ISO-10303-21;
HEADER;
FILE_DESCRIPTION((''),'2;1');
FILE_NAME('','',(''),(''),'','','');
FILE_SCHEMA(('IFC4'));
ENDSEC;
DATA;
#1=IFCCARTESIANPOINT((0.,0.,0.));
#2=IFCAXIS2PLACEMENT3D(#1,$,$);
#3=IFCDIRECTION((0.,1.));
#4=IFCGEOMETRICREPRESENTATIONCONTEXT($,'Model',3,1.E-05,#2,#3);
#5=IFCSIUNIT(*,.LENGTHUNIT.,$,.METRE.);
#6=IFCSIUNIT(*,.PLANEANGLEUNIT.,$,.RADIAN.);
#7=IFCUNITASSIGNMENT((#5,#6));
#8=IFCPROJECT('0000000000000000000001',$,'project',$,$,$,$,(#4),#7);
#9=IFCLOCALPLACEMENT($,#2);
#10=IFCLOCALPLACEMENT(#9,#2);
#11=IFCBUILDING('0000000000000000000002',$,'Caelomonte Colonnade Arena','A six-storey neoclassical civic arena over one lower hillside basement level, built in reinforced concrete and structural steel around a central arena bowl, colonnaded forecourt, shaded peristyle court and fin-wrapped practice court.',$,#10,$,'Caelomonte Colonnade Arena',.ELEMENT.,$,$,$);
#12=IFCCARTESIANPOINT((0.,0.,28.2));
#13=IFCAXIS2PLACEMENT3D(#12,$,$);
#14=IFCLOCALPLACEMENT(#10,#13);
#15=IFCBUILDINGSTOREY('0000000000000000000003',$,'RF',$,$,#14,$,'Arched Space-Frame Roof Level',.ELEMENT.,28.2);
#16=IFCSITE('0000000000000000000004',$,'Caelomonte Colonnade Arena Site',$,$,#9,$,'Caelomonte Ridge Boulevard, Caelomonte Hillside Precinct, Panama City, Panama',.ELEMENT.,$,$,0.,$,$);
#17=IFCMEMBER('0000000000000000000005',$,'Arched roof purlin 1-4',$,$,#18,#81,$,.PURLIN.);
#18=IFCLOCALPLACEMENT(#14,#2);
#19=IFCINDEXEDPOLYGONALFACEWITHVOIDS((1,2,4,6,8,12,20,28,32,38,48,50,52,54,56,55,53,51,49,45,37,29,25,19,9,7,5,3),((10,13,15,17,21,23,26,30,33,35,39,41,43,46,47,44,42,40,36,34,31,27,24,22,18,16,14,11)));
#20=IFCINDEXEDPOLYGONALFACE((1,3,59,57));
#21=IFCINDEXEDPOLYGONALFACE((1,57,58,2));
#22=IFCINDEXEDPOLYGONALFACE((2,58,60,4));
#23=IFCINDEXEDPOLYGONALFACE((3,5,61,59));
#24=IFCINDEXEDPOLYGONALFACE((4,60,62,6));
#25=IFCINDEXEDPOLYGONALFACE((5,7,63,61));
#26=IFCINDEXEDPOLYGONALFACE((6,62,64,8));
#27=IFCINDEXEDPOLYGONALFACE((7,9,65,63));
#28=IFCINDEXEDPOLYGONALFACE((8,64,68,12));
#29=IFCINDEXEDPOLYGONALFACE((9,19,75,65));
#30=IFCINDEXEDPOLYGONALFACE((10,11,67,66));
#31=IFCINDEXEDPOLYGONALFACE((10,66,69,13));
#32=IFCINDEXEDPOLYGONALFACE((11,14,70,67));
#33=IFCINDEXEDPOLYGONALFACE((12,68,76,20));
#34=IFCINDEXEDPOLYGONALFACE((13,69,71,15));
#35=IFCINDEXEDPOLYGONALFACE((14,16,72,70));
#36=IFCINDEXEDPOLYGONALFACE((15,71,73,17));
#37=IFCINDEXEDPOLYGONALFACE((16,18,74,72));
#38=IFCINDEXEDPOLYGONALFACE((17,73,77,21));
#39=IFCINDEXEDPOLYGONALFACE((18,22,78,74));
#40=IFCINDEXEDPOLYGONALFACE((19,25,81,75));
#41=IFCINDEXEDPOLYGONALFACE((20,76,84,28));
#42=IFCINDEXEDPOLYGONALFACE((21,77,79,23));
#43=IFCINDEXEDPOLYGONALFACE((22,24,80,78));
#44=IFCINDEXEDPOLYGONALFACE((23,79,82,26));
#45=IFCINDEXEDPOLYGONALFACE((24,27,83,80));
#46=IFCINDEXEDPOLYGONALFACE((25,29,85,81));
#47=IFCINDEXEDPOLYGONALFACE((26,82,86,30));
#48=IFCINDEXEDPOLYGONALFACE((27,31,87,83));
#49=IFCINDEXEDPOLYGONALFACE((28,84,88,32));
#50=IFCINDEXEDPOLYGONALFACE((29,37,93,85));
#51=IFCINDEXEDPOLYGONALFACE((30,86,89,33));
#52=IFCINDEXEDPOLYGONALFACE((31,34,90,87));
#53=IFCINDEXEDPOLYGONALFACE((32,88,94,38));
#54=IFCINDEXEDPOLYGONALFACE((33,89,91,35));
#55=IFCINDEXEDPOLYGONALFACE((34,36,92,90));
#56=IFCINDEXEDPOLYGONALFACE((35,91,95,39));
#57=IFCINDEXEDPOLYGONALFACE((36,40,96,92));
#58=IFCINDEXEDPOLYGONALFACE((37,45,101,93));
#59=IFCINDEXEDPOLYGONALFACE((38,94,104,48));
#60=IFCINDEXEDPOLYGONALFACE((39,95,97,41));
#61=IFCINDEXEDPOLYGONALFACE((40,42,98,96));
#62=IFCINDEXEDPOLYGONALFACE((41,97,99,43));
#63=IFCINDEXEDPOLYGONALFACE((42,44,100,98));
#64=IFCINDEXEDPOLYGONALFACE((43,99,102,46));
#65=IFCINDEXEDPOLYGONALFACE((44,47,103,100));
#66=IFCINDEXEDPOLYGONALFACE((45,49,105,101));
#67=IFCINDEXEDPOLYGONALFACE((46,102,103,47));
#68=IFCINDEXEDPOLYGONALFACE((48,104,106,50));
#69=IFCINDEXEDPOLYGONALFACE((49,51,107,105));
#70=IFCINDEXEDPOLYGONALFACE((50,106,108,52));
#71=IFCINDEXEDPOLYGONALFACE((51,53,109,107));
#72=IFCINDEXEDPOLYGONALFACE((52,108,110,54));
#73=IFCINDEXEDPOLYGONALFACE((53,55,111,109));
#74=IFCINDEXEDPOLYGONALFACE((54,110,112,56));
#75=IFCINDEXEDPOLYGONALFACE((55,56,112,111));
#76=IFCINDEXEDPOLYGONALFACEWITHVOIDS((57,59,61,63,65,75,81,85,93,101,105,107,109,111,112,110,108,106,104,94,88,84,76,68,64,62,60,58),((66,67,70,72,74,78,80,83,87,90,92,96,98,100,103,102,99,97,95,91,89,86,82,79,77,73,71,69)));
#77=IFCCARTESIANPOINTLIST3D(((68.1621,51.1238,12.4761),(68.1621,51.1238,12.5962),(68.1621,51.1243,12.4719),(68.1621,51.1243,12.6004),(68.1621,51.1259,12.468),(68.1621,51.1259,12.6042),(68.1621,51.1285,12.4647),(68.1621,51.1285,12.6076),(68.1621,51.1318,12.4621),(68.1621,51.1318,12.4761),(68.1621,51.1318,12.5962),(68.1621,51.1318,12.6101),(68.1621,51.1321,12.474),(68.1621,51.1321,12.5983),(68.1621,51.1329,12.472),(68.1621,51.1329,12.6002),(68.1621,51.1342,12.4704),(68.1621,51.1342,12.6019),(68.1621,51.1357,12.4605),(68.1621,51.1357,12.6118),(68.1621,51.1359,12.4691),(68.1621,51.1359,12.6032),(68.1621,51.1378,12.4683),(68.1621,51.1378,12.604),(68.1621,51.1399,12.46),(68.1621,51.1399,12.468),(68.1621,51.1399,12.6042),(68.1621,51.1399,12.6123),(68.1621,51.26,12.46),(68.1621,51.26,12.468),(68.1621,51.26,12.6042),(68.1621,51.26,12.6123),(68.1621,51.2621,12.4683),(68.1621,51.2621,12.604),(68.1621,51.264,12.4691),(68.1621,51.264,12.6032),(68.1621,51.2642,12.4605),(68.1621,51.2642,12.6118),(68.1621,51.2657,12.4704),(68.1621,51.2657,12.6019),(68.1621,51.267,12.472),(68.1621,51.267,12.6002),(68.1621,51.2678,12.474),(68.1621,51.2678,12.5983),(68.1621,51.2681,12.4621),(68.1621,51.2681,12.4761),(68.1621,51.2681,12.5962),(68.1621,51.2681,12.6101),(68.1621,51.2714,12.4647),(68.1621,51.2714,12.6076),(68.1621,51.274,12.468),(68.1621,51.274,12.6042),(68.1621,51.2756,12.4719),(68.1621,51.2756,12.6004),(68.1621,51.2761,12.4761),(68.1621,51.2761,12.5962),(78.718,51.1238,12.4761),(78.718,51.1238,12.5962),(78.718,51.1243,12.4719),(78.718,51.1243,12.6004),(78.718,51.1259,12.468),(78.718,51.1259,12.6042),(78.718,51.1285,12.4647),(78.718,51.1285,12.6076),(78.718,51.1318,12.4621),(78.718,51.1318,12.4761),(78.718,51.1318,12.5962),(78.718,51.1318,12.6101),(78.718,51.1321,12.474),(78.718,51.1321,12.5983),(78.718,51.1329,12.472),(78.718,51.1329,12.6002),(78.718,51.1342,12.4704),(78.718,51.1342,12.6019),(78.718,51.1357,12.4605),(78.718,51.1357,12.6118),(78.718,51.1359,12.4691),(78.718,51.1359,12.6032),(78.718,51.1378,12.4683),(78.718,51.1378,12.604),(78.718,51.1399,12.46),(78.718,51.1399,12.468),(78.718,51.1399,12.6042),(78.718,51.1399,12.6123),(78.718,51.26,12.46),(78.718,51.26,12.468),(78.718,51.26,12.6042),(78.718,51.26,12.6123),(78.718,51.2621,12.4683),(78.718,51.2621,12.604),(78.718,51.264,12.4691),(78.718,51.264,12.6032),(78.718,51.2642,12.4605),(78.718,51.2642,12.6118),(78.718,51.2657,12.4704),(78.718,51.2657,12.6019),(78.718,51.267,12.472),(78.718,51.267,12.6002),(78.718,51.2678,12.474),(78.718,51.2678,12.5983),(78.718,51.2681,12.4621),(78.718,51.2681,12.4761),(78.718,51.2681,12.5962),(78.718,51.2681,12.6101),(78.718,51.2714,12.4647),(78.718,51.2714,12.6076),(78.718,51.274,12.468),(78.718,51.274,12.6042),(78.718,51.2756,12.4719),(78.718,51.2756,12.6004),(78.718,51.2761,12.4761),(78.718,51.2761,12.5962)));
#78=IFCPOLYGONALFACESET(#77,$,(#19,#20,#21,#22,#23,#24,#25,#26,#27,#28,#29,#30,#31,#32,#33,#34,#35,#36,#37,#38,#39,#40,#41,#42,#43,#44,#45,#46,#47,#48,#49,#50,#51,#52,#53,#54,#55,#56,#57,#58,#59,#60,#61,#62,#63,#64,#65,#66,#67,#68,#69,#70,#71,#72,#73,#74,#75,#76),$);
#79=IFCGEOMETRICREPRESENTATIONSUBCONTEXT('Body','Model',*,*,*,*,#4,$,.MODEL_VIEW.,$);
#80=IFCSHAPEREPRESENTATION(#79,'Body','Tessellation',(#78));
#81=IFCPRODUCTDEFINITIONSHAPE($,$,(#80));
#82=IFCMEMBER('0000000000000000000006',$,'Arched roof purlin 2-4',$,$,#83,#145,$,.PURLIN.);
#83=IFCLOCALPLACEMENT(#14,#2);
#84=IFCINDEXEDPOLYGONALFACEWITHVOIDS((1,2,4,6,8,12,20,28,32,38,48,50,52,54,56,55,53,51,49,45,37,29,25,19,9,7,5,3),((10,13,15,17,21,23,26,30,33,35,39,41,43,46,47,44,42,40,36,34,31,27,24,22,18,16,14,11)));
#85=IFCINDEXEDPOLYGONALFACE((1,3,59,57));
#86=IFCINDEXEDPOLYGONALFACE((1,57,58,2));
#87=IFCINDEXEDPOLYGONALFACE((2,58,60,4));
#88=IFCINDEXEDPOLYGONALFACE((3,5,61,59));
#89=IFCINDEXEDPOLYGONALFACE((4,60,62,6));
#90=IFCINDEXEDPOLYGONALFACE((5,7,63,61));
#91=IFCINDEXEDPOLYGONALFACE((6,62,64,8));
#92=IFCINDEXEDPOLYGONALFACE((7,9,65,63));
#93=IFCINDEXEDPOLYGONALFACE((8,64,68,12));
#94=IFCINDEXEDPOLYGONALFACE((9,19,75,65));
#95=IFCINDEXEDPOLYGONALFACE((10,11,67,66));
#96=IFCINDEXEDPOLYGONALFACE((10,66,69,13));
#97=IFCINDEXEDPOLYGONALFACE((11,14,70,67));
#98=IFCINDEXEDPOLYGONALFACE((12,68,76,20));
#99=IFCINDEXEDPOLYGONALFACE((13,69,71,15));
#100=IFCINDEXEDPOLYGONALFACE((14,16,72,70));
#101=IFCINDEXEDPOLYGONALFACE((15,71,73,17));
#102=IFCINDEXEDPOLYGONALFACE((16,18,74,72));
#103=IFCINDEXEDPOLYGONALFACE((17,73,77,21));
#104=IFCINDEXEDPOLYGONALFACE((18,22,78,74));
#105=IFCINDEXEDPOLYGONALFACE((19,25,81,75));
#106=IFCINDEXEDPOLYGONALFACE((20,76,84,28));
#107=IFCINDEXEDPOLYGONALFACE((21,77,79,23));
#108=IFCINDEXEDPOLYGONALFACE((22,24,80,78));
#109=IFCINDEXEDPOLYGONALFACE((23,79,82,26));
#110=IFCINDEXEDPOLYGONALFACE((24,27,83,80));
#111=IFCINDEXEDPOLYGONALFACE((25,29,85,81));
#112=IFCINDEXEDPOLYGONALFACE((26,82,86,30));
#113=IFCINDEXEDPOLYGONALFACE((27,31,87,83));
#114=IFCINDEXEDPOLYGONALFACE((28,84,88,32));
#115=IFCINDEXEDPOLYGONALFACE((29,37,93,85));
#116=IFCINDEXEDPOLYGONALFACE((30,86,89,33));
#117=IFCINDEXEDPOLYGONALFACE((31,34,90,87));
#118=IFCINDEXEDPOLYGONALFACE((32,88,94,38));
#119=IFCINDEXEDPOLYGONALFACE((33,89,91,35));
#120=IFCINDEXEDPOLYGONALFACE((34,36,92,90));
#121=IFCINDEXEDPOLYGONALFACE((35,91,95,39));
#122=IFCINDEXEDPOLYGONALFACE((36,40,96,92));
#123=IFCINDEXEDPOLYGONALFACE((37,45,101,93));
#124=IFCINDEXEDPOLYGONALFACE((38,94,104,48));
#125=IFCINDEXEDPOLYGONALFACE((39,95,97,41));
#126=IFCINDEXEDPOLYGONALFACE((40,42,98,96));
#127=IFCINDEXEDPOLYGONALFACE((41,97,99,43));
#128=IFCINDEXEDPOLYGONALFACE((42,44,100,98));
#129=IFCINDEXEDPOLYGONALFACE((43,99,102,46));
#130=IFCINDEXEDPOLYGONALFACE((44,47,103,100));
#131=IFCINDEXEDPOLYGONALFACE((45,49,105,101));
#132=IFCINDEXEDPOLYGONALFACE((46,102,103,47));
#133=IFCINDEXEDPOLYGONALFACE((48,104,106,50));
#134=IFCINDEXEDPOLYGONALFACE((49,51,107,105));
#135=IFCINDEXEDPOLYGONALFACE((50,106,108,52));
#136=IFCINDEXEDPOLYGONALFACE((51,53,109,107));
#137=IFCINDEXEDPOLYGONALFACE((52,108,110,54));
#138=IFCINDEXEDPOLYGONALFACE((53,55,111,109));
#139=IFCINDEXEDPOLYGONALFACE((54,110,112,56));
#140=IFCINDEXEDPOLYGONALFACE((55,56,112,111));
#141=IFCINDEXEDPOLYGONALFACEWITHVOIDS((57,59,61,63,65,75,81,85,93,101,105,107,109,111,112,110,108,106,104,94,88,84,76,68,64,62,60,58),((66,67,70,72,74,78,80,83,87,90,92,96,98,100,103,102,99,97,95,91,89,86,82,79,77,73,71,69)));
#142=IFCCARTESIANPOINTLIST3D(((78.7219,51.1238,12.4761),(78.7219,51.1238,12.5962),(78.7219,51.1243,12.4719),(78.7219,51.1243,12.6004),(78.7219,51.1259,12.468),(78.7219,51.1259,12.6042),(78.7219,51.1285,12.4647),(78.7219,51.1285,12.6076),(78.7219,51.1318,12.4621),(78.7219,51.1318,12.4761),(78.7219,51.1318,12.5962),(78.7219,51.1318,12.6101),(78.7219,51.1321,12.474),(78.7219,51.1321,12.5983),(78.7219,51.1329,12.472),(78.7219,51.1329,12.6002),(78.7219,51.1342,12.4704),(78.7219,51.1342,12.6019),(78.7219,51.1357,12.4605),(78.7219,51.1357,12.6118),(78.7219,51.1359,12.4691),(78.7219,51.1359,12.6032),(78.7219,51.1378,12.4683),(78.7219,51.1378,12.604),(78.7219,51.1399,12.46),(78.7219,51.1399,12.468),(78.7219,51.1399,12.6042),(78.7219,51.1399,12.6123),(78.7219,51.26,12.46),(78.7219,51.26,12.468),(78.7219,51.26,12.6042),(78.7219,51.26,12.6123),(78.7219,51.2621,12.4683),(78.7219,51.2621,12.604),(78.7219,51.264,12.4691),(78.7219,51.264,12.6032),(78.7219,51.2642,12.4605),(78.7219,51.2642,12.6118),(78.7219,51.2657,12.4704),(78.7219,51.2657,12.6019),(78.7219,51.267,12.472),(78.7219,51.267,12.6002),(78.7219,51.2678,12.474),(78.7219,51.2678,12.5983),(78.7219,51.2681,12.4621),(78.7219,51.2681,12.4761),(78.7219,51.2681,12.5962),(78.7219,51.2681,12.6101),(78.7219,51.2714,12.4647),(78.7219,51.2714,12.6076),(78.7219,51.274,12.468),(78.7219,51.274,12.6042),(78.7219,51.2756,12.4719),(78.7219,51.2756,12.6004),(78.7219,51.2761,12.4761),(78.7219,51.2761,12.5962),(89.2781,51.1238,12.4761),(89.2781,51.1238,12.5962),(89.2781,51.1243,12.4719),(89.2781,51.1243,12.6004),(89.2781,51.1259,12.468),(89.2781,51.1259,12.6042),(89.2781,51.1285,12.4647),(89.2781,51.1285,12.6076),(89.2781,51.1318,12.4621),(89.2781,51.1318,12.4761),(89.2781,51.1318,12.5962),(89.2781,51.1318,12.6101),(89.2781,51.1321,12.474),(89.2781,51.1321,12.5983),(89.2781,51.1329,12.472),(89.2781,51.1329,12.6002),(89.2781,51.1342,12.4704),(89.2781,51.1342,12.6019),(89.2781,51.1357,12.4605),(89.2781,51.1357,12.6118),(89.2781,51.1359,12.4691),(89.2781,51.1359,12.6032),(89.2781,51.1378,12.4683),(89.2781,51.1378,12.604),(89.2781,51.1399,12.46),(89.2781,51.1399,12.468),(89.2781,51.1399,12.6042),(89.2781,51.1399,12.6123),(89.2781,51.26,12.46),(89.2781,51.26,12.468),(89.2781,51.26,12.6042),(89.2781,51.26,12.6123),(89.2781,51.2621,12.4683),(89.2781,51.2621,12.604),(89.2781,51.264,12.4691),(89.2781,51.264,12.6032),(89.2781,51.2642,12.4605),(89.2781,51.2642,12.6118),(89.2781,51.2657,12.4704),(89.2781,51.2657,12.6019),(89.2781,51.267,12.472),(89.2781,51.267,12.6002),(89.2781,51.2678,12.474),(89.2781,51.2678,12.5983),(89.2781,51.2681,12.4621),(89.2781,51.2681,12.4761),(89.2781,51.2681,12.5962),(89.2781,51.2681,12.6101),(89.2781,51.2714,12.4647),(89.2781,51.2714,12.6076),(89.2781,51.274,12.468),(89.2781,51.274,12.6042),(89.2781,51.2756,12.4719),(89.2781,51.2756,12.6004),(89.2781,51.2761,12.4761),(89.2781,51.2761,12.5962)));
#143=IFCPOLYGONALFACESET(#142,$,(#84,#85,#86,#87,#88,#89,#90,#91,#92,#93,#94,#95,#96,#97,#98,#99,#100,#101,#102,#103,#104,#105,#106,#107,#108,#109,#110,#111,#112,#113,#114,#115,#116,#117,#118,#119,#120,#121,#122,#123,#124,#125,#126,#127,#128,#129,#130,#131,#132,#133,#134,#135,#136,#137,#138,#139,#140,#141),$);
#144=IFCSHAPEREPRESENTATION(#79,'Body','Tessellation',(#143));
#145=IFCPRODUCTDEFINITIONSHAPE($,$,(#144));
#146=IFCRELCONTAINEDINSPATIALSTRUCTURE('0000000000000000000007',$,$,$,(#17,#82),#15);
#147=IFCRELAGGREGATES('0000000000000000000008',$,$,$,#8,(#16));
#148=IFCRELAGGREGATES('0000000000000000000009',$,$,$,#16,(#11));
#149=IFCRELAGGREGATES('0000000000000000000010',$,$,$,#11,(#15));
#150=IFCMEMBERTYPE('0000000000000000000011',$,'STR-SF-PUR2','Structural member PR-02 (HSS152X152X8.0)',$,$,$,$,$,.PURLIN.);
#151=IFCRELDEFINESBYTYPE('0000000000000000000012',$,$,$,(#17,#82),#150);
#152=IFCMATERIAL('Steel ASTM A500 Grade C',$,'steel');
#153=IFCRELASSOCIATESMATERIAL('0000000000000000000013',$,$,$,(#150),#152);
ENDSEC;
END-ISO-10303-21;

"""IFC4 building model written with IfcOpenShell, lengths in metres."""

from ifc_helpers import new_model, si_unit, direction, frame, origin, origin_2d, place, context, subcontext, project, spatial, hollow_rectangle, extrude, material, material_profile, profile_set, type_object, element, save


model = new_model("IFC4")

# Units and contexts
model_context = context("Model", 3, precision=1e-05, world=origin(), true_north=direction((0.0, 1.0)))
body_context = subcontext(model_context, "Body", "Model", "MODEL_VIEW")
ifc_project = project(units=[si_unit("LENGTHUNIT", "METRE"), si_unit("PLANEANGLEUNIT", "RADIAN")], contexts=[model_context])

# Site, building, storey
site_placement = place(None, origin())
site = spatial("IfcSite", under=ifc_project, at=site_placement, Name="Caelomonte Colonnade Arena Site", LongName="Caelomonte Ridge Boulevard, Caelomonte Hillside Precinct, Panama City, Panama", CompositionType="ELEMENT", RefElevation=0.0)
building_placement = place(site_placement, origin())
building = spatial("IfcBuilding", under=site, at=building_placement, Name="Caelomonte Colonnade Arena", Description="A six-storey neoclassical civic arena over one lower hillside basement level, built in reinforced concrete and structural steel around a central arena bowl, colonnaded forecourt, shaded peristyle court and fin-wrapped practice court.", LongName="Caelomonte Colonnade Arena", CompositionType="ELEMENT")
storey_placement = place(building_placement, frame((0.0, 0.0, 28.2)))
storey = spatial("IfcBuildingStorey", under=building, at=storey_placement, Name="RF", LongName="Arched Space-Frame Roof Level", CompositionType="ELEMENT", Elevation=28.2)

# Members
ifc_material_1 = material(Name="Steel ASTM A500 Grade C", Category="steel")
ifc_material_profile_1 = material_profile(ifc_material_1, hollow_rectangle(XDim=0.1523, YDim=0.1523, WallThickness=0.0081, InnerFilletRadius=0.0081, OuterFilletRadius=0.0161, at=origin_2d()), Name="HSS152X152X8.0")
ifc_profile_set_1 = profile_set([ifc_material_profile_1], Name="Steel ASTM A500 Grade C")
member_type_1 = type_object("IfcMemberType", Name="STR-SF-PUR2", Description="Structural member PR-02 (HSS152X152X8.0)", PredefinedType="PURLIN", material=ifc_profile_set_1)
member_1_placement = place(storey_placement, frame((68.1621, 51.2, 12.5361), z_axis=(1.0, 0.0, 0.0), x_axis=(0.0, 1.0, 0.0)))
element("IfcMember", 1, at=member_1_placement, inside=storey, type_object=member_type_1, Name="Arched roof purlin 1-4", PredefinedType="PURLIN", context=body_context, shape_type="SweptSolid", body=[
    extrude(hollow_rectangle(XDim=0.1523, YDim=0.1523, WallThickness=0.0081, InnerFilletRadius=0.0081, OuterFilletRadius=0.0161, at=origin_2d()), origin(), (0.0, 0.0, 1.0), 10.5559),
])
member_2_placement = place(storey_placement, frame((78.7219, 51.2, 12.5361), z_axis=(1.0, 0.0, 0.0), x_axis=(0.0, 1.0, 0.0)))
element("IfcMember", 2, at=member_2_placement, inside=storey, type_object=member_type_1, Name="Arched roof purlin 2-4", PredefinedType="PURLIN", context=body_context, shape_type="SweptSolid", body=[
    extrude(hollow_rectangle(XDim=0.1523, YDim=0.1523, WallThickness=0.0081, InnerFilletRadius=0.0081, OuterFilletRadius=0.0161, at=origin_2d()), origin(), (0.0, 0.0, 1.0), 10.5562),
])

save(model, "model.ifc")
